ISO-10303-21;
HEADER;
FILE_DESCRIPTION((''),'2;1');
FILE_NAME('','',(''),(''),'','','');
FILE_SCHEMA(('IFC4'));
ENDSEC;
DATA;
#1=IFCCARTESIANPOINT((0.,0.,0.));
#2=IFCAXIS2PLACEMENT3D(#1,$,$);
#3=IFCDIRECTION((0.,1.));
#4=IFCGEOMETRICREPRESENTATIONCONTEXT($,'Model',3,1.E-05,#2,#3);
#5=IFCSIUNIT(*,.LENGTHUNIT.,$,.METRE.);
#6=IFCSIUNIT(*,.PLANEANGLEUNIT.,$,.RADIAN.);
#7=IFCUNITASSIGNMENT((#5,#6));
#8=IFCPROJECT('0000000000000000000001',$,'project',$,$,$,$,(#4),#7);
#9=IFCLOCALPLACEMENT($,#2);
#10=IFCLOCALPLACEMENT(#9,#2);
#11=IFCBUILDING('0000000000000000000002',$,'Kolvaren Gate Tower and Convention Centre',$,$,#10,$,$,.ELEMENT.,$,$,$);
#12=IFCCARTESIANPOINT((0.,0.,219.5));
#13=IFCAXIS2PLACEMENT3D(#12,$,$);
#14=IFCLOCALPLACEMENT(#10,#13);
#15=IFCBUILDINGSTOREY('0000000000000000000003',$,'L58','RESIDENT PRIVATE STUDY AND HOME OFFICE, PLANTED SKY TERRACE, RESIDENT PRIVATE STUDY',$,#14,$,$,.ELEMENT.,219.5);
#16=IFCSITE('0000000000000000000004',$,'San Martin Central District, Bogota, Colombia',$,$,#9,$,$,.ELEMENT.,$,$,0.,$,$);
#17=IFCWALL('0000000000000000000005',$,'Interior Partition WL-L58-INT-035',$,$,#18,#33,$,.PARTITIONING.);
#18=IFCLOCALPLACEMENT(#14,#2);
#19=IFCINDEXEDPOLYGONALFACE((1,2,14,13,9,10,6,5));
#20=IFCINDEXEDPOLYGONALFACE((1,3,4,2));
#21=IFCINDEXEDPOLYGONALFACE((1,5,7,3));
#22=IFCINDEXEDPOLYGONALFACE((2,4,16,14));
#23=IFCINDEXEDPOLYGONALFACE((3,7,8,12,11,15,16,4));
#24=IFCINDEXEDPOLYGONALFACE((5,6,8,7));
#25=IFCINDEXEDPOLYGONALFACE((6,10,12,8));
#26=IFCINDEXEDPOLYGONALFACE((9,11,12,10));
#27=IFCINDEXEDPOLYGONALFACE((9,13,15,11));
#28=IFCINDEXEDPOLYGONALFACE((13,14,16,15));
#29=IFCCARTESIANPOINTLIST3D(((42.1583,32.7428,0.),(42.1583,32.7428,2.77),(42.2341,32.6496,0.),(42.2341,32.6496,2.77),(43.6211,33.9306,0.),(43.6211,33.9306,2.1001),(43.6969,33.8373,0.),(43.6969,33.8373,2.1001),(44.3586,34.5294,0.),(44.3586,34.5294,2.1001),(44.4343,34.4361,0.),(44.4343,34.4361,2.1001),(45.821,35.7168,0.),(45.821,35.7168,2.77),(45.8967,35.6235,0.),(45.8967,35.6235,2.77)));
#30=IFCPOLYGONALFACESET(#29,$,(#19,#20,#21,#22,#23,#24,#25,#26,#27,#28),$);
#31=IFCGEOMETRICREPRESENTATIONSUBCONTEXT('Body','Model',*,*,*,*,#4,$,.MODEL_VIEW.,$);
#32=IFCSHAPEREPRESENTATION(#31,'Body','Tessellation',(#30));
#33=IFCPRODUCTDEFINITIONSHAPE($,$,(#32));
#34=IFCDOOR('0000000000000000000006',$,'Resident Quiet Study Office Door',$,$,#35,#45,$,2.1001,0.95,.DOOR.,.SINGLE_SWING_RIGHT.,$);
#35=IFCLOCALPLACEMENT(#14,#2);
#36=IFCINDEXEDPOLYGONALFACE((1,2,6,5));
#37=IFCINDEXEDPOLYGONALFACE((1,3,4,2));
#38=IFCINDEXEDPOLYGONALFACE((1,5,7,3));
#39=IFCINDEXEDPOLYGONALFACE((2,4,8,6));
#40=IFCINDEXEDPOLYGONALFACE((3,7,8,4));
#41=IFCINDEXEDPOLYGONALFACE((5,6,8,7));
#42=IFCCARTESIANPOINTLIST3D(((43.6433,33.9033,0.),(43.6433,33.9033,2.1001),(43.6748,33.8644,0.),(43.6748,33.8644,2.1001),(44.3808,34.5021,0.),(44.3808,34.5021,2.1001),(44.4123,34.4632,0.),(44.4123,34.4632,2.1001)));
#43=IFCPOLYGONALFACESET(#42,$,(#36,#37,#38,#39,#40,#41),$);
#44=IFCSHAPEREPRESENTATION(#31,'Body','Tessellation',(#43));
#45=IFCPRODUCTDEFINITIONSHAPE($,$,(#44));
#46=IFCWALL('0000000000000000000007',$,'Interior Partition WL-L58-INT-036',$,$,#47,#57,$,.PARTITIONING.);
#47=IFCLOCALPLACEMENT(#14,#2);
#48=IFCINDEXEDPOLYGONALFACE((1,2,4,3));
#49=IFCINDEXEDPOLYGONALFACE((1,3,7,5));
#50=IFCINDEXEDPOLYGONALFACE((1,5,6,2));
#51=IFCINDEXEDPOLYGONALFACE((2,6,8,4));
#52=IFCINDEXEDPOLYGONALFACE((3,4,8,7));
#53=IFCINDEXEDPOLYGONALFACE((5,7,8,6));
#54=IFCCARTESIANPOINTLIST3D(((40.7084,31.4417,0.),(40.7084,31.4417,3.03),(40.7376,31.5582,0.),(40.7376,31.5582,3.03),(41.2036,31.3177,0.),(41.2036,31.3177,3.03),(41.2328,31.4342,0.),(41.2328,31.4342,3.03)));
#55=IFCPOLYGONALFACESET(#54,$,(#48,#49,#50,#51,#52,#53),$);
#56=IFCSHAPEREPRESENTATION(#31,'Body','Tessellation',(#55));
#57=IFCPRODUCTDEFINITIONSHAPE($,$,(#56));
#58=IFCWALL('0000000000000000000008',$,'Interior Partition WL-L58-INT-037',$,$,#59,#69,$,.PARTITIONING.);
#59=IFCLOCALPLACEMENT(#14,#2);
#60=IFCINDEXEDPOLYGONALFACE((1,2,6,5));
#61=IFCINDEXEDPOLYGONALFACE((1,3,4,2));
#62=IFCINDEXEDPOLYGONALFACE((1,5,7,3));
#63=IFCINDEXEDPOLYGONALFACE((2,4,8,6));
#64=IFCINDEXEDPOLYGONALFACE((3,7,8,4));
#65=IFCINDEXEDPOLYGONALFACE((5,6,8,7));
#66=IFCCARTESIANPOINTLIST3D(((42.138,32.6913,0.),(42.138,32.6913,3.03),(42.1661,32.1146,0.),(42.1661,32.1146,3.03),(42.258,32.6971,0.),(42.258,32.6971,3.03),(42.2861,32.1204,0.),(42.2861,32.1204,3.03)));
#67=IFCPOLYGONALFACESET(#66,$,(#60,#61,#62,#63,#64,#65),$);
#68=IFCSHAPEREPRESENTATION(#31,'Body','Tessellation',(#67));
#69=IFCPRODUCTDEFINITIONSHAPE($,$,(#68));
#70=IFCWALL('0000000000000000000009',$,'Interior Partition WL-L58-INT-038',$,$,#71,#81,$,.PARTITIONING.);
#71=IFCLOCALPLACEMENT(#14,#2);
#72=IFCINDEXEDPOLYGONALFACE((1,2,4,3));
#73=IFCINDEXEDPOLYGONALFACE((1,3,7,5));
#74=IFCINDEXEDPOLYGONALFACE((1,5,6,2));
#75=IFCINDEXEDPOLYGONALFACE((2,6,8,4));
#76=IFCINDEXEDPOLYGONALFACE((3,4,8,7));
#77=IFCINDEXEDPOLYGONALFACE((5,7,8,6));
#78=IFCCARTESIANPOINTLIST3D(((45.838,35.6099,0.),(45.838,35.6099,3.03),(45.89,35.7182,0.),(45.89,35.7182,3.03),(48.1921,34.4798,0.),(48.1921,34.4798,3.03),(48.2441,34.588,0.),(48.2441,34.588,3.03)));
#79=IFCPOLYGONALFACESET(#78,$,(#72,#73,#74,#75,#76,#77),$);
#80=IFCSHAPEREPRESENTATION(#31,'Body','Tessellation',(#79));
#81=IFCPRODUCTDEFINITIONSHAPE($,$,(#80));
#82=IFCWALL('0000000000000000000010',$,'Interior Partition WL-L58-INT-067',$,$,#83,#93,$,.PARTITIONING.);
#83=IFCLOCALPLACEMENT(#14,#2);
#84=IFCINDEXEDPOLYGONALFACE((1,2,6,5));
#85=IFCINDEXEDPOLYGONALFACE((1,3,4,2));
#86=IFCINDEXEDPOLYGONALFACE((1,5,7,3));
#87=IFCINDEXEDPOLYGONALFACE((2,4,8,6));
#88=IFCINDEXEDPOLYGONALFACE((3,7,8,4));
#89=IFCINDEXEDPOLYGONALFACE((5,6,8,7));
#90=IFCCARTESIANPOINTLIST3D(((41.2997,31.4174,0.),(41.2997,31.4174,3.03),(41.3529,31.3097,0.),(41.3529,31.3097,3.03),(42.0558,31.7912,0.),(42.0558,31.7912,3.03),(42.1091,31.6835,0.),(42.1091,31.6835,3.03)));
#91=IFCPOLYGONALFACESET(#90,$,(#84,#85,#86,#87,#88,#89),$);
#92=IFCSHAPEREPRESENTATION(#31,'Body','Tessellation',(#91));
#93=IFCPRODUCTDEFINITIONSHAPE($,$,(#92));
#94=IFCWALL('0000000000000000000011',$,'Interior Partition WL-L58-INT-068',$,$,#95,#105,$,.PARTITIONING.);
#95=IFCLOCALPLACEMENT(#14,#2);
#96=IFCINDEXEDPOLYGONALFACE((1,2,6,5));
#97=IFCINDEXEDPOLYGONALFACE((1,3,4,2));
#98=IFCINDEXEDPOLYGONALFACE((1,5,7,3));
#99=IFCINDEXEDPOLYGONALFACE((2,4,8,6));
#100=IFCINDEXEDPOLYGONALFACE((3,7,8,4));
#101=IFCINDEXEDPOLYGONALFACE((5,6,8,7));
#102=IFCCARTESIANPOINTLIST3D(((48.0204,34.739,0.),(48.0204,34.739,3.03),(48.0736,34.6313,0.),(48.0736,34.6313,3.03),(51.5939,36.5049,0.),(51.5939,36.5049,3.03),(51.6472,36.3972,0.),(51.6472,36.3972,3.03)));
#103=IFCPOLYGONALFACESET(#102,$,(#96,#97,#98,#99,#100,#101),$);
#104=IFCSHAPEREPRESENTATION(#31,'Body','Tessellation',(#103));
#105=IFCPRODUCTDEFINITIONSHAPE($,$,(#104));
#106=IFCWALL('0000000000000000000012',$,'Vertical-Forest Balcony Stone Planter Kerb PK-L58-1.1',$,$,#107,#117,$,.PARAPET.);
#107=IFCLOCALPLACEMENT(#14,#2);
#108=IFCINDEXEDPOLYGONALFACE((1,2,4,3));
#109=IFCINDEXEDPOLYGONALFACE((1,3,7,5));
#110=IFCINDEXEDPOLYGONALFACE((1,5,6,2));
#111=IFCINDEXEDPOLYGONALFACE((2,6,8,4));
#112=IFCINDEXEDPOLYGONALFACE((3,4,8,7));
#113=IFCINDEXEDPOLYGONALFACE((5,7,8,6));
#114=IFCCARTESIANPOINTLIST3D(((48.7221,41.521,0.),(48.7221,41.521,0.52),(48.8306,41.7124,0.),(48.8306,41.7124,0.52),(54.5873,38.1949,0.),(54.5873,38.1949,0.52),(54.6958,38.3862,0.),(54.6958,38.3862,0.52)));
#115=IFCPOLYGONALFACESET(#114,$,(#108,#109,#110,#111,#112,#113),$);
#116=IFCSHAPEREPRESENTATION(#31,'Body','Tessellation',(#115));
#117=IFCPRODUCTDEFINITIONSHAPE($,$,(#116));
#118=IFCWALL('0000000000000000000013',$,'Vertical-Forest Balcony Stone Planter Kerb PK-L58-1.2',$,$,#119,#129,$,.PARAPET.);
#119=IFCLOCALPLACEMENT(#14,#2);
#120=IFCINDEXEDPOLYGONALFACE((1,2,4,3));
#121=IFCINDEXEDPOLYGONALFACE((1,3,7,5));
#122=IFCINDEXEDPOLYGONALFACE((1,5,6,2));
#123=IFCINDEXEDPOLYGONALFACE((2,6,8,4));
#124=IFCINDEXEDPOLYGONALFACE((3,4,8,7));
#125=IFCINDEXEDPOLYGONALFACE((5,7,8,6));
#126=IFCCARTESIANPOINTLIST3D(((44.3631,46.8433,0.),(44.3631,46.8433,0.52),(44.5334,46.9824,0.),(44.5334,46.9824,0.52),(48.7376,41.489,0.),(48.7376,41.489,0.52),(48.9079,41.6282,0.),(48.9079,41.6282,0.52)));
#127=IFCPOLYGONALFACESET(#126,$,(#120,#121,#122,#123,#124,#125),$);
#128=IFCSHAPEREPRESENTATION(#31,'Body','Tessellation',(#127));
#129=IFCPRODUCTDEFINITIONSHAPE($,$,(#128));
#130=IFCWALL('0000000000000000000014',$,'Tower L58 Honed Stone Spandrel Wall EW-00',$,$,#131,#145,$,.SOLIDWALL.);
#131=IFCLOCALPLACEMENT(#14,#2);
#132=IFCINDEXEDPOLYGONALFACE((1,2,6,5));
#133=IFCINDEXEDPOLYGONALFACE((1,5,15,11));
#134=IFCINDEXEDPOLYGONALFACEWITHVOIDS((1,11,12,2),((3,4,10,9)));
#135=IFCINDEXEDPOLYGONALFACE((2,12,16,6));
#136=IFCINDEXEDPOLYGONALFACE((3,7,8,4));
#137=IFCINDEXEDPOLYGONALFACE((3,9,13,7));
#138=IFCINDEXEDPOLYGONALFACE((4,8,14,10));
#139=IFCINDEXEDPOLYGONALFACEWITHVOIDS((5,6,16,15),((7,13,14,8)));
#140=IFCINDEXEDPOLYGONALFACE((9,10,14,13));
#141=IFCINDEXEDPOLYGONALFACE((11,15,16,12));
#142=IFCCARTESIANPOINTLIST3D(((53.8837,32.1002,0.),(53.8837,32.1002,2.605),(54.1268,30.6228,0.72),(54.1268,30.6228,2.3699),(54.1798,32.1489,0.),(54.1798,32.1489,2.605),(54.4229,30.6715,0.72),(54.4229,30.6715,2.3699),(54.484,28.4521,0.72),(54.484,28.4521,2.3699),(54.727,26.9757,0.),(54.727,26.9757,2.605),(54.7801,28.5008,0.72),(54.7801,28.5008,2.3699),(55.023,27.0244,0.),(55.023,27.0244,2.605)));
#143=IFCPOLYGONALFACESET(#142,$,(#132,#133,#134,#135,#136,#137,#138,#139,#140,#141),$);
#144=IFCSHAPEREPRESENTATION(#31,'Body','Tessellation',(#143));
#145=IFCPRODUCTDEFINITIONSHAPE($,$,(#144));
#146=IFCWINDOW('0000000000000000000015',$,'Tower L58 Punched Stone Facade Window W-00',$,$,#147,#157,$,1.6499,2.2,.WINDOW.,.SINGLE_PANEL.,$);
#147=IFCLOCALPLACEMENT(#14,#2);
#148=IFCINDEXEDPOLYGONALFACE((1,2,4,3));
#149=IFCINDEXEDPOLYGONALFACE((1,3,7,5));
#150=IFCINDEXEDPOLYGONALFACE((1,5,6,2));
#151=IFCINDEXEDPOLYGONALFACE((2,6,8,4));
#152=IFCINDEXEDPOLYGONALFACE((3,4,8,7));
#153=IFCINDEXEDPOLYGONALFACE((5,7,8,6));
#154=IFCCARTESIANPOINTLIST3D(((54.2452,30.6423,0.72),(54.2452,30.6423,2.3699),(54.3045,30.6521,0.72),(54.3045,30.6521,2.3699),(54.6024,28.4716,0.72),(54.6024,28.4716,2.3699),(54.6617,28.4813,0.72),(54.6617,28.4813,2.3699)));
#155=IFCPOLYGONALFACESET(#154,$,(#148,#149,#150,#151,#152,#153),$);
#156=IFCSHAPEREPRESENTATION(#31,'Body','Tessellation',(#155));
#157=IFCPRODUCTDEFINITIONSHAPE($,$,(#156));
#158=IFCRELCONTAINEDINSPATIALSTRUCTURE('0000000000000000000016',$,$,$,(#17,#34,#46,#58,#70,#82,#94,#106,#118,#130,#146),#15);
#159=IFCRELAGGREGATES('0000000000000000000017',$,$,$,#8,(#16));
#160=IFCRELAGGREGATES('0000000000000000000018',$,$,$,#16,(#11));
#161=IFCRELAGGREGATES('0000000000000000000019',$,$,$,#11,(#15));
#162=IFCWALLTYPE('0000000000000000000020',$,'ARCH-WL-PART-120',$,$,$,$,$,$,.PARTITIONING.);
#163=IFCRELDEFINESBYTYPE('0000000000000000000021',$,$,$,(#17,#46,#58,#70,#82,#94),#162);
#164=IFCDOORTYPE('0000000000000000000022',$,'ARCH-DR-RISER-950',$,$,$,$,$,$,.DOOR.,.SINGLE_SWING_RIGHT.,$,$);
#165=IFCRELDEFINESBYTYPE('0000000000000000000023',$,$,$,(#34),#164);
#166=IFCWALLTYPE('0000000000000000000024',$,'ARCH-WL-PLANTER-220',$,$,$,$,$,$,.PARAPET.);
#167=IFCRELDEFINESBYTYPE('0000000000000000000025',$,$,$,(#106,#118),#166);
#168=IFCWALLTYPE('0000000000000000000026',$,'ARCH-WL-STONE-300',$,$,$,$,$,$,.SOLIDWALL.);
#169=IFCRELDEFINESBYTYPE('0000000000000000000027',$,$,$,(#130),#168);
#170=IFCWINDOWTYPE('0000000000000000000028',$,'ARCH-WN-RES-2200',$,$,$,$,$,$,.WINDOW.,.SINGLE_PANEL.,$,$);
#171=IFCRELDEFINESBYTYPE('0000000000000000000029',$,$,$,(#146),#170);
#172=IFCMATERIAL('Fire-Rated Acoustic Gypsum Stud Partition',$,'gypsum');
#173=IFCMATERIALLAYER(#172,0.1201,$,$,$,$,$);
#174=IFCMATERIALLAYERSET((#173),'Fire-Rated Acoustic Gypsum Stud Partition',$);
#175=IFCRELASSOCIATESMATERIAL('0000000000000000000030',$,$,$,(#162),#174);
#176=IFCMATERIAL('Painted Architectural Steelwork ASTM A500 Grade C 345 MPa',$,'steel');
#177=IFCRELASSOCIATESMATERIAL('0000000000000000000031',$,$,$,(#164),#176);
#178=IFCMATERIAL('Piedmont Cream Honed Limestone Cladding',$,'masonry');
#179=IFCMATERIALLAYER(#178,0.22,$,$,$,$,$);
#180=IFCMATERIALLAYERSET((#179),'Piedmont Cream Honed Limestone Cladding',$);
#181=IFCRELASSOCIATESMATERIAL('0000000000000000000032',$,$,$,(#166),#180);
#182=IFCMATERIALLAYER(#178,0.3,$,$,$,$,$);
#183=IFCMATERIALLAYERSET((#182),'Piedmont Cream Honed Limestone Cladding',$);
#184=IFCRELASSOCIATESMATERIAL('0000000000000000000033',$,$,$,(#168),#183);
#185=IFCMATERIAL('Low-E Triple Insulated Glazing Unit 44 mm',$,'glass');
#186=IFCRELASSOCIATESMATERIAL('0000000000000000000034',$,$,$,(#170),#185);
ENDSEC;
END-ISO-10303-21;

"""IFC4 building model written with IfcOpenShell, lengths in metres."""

from ifc_helpers import new_model, si_unit, direction, frame, frame_2d, origin, place, context, subcontext, project, spatial, rectangle, extrude, material, layer, layer_set, type_object, element, fill, save


model = new_model("IFC4")

# Units and contexts
model_context = context("Model", 3, precision=1e-05, world=origin(), true_north=direction((0.0, 1.0)))
body_context = subcontext(model_context, "Body", "Model", "MODEL_VIEW")
ifc_project = project(units=[si_unit("LENGTHUNIT", "METRE"), si_unit("PLANEANGLEUNIT", "RADIAN")], contexts=[model_context])

# Site, building, storey
site_placement = place(None, origin())
site = spatial("IfcSite", under=ifc_project, at=site_placement, Name="San Martin Central District, Bogota, Colombia", CompositionType="ELEMENT", RefElevation=0.0)
building_placement = place(site_placement, origin())
building = spatial("IfcBuilding", under=site, at=building_placement, Name="Kolvaren Gate Tower and Convention Centre", CompositionType="ELEMENT")
storey_placement = place(building_placement, frame((0.0, 0.0, 219.5)))
storey = spatial("IfcBuildingStorey", under=building, at=storey_placement, Name="L58", Description="RESIDENT PRIVATE STUDY AND HOME OFFICE, PLANTED SKY TERRACE, RESIDENT PRIVATE STUDY", CompositionType="ELEMENT", Elevation=219.5)

# Shared definitions
ifc_material_1 = material(Name="Fire-Rated Acoustic Gypsum Stud Partition", Category="gypsum")
ifc_layer_1 = layer(ifc_material_1, 0.1201)
ifc_layer_set_1 = layer_set([ifc_layer_1], Name="Fire-Rated Acoustic Gypsum Stud Partition")
wall_type_1 = type_object("IfcWallType", Name="ARCH-WL-PART-120", PredefinedType="PARTITIONING", material=ifc_layer_set_1)

# Wall, opening, door
wall_1_placement = place(storey_placement, frame((42.1963, 32.6963, 0.0), z_axis=(0.0, 0.0, 1.0), x_axis=(0.77632, 0.630339, 0.0)))
wall_1 = element("IfcWall", 1, at=wall_1_placement, inside=storey, type_object=wall_type_1, Name="Interior Partition WL-L58-INT-035", PredefinedType="PARTITIONING", context=body_context, shape_type="SweptSolid", body=[
    extrude(rectangle(XDim=4.718, YDim=0.1201, at=frame_2d((2.3589, 0.0))), origin(), (0.0, 0.0, 1.0), 2.77),
])
opening_1_placement = place(wall_1_placement, frame((1.884, 0.0, 0.0)))
opening_1 = element("IfcOpeningElement", 2, at=opening_1_placement, cuts=wall_1, PredefinedType="OPENING", context=body_context, shape_type="SweptSolid", body=[
    extrude(rectangle(XDim=0.95, YDim=2.1001, at=frame_2d((0.4751, 1.05))), frame((0.0, 0.0701, 0.0), z_axis=(0.0, -1.0, 0.0), x_axis=(1.0, 0.0, 0.0)), (0.0, 0.0, 1.0), 0.1401),
])
ifc_material_2 = material(Name="Painted Architectural Steelwork ASTM A500 Grade C 345 MPa", Category="steel")
door_type_1 = type_object("IfcDoorType", Name="ARCH-DR-RISER-950", OperationType="SINGLE_SWING_RIGHT", PredefinedType="DOOR", material=ifc_material_2)
door_1_placement = place(opening_1_placement, origin())
door_1 = element("IfcDoor", 3, at=door_1_placement, inside=storey, type_object=door_type_1, Name="Resident Quiet Study Office Door", OperationType="SINGLE_SWING_RIGHT", OverallHeight=2.1001, OverallWidth=0.95, PredefinedType="DOOR", context=body_context, shape_type="SweptSolid", body=[
    extrude(rectangle(XDim=0.95, YDim=2.1001, at=frame_2d((0.4751, 1.05))), frame((0.0, 0.0249, 0.0), z_axis=(0.0, -1.0, 0.0), x_axis=(1.0, 0.0, 0.0)), (0.0, 0.0, 1.0), 0.05),
])
fill(opening_1, door_1)

# Walls
wall_2_placement = place(storey_placement, frame((40.7229, 31.5, 0.0), z_axis=(0.0, 0.0, 1.0), x_axis=(0.97003, -0.242986, 0.0)))
element("IfcWall", 4, at=wall_2_placement, inside=storey, type_object=wall_type_1, Name="Interior Partition WL-L58-INT-036", PredefinedType="PARTITIONING", context=body_context, shape_type="SweptSolid", body=[
    extrude(rectangle(XDim=0.5105, YDim=0.1201, at=frame_2d((0.2554, 0.0))), origin(), (0.0, 0.0, 1.0), 3.03),
])
wall_3_placement = place(storey_placement, frame((42.198, 32.6941, 0.0), z_axis=(0.0, 0.0, 1.0), x_axis=(0.04863, -0.998817, 0.0)))
element("IfcWall", 5, at=wall_3_placement, inside=storey, type_object=wall_type_1, Name="Interior Partition WL-L58-INT-037", PredefinedType="PARTITIONING", context=body_context, shape_type="SweptSolid", body=[
    extrude(rectangle(XDim=0.5774, YDim=0.1201, at=frame_2d((0.2886, 0.0))), origin(), (0.0, 0.0, 1.0), 3.03),
])
wall_4_placement = place(storey_placement, frame((45.864, 35.6641, 0.0), z_axis=(0.0, 0.0, 1.0), x_axis=(0.901492, -0.432795, 0.0)))
element("IfcWall", 6, at=wall_4_placement, inside=storey, type_object=wall_type_1, Name="Interior Partition WL-L58-INT-038", PredefinedType="PARTITIONING", context=body_context, shape_type="SweptSolid", body=[
    extrude(rectangle(XDim=2.6113, YDim=0.1201, at=frame_2d((1.3057, 0.0))), origin(), (0.0, 0.0, 1.0), 3.03),
])
wall_5_placement = place(storey_placement, frame((41.3262, 31.3635, 0.0), z_axis=(0.0, 0.0, 1.0), x_axis=(0.896444, 0.443157, 0.0)))
element("IfcWall", 7, at=wall_5_placement, inside=storey, type_object=wall_type_1, Name="Interior Partition WL-L58-INT-067", PredefinedType="PARTITIONING", context=body_context, shape_type="SweptSolid", body=[
    extrude(rectangle(XDim=0.8435, YDim=0.1201, at=frame_2d((0.4219, 0.0))), origin(), (0.0, 0.0, 1.0), 3.03),
])
wall_6_placement = place(storey_placement, frame((48.0469, 34.6851, 0.0), z_axis=(0.0, 0.0, 1.0), x_axis=(0.896512, 0.443019, 0.0)))
element("IfcWall", 8, at=wall_6_placement, inside=storey, type_object=wall_type_1, Name="Interior Partition WL-L58-INT-068", PredefinedType="PARTITIONING", context=body_context, shape_type="SweptSolid", body=[
    extrude(rectangle(XDim=3.9861, YDim=0.1201, at=frame_2d((1.9932, 0.0))), origin(), (0.0, 0.0, 1.0), 3.03),
])
ifc_material_3 = material(Name="Piedmont Cream Honed Limestone Cladding", Category="masonry")
ifc_layer_2 = layer(ifc_material_3, 0.22)
ifc_layer_set_2 = layer_set([ifc_layer_2], Name="Piedmont Cream Honed Limestone Cladding")
wall_type_2 = type_object("IfcWallType", Name="ARCH-WL-PLANTER-220", PredefinedType="PARAPET", material=ifc_layer_set_2)
wall_7_placement = place(storey_placement, frame((48.7764, 41.6167, 0.0), z_axis=(0.0, 0.0, 1.0), x_axis=(0.869861, -0.493298, 0.0)))
element("IfcWall", 9, at=wall_7_placement, inside=storey, type_object=wall_type_2, Name="Vertical-Forest Balcony Stone Planter Kerb PK-L58-1.1", PredefinedType="PARAPET", context=body_context, shape_type="SweptSolid", body=[
    extrude(rectangle(XDim=6.7427, YDim=0.22, at=frame_2d((3.3713, 0.0))), origin(), (0.0, 0.0, 1.0), 0.52),
])
wall_8_placement = place(storey_placement, frame((44.4482, 46.9128, 0.0), z_axis=(0.0, 0.0, 1.0), x_axis=(0.632697, -0.774399, 0.0)))
element("IfcWall", 10, at=wall_8_placement, inside=storey, type_object=wall_type_2, Name="Vertical-Forest Balcony Stone Planter Kerb PK-L58-1.2", PredefinedType="PARAPET", context=body_context, shape_type="SweptSolid", body=[
    extrude(rectangle(XDim=6.9141, YDim=0.22, at=frame_2d((3.457, 0.0))), origin(), (0.0, 0.0, 1.0), 0.52),
])

# Wall, opening, window
ifc_layer_3 = layer(ifc_material_3, 0.3)
ifc_layer_set_3 = layer_set([ifc_layer_3], Name="Piedmont Cream Honed Limestone Cladding")
wall_type_3 = type_object("IfcWallType", Name="ARCH-WL-STONE-300", PredefinedType="SOLIDWALL", material=ifc_layer_set_3)
wall_9_placement = place(storey_placement, frame((54.0317, 32.1245, 0.0), z_axis=(0.0, 0.0, 1.0), x_axis=(0.162371, -0.98673, 0.0)))
wall_9 = element("IfcWall", 11, at=wall_9_placement, inside=storey, type_object=wall_type_3, Name="Tower L58 Honed Stone Spandrel Wall EW-00", PredefinedType="SOLIDWALL", context=body_context, shape_type="SweptSolid", body=[
    extrude(rectangle(XDim=5.1934, YDim=0.3, at=frame_2d((2.5967, 0.0))), origin(), (0.0, 0.0, 1.0), 2.605),
])
opening_2_placement = place(wall_9_placement, frame((1.4971, 0.0, 0.72)))
opening_2 = element("IfcOpeningElement", 12, at=opening_2_placement, cuts=wall_9, PredefinedType="OPENING", context=body_context, shape_type="SweptSolid", body=[
    extrude(rectangle(XDim=2.2, YDim=1.6499, at=frame_2d((1.1001, 0.825))), frame((0.0, 0.1599, 0.0), z_axis=(0.0, -1.0, 0.0), x_axis=(1.0, 0.0, 0.0)), (0.0, 0.0, 1.0), 0.3201),
])
ifc_material_4 = material(Name="Low-E Triple Insulated Glazing Unit 44 mm", Category="glass")
window_type = type_object("IfcWindowType", Name="ARCH-WN-RES-2200", PartitioningType="SINGLE_PANEL", PredefinedType="WINDOW", material=ifc_material_4)
window_1_placement = place(opening_2_placement, origin())
window_1 = element("IfcWindow", 13, at=window_1_placement, inside=storey, type_object=window_type, Name="Tower L58 Punched Stone Facade Window W-00", OverallHeight=1.6499, OverallWidth=2.2, PartitioningType="SINGLE_PANEL", PredefinedType="WINDOW", context=body_context, shape_type="SweptSolid", body=[
    extrude(rectangle(XDim=2.2, YDim=1.6499, at=frame_2d((1.1001, 0.825))), frame((0.0, 0.03, 0.0), z_axis=(0.0, -1.0, 0.0), x_axis=(1.0, 0.0, 0.0)), (0.0, 0.0, 1.0), 0.0601),
])
fill(opening_2, window_1)

save(model, "model.ifc")
